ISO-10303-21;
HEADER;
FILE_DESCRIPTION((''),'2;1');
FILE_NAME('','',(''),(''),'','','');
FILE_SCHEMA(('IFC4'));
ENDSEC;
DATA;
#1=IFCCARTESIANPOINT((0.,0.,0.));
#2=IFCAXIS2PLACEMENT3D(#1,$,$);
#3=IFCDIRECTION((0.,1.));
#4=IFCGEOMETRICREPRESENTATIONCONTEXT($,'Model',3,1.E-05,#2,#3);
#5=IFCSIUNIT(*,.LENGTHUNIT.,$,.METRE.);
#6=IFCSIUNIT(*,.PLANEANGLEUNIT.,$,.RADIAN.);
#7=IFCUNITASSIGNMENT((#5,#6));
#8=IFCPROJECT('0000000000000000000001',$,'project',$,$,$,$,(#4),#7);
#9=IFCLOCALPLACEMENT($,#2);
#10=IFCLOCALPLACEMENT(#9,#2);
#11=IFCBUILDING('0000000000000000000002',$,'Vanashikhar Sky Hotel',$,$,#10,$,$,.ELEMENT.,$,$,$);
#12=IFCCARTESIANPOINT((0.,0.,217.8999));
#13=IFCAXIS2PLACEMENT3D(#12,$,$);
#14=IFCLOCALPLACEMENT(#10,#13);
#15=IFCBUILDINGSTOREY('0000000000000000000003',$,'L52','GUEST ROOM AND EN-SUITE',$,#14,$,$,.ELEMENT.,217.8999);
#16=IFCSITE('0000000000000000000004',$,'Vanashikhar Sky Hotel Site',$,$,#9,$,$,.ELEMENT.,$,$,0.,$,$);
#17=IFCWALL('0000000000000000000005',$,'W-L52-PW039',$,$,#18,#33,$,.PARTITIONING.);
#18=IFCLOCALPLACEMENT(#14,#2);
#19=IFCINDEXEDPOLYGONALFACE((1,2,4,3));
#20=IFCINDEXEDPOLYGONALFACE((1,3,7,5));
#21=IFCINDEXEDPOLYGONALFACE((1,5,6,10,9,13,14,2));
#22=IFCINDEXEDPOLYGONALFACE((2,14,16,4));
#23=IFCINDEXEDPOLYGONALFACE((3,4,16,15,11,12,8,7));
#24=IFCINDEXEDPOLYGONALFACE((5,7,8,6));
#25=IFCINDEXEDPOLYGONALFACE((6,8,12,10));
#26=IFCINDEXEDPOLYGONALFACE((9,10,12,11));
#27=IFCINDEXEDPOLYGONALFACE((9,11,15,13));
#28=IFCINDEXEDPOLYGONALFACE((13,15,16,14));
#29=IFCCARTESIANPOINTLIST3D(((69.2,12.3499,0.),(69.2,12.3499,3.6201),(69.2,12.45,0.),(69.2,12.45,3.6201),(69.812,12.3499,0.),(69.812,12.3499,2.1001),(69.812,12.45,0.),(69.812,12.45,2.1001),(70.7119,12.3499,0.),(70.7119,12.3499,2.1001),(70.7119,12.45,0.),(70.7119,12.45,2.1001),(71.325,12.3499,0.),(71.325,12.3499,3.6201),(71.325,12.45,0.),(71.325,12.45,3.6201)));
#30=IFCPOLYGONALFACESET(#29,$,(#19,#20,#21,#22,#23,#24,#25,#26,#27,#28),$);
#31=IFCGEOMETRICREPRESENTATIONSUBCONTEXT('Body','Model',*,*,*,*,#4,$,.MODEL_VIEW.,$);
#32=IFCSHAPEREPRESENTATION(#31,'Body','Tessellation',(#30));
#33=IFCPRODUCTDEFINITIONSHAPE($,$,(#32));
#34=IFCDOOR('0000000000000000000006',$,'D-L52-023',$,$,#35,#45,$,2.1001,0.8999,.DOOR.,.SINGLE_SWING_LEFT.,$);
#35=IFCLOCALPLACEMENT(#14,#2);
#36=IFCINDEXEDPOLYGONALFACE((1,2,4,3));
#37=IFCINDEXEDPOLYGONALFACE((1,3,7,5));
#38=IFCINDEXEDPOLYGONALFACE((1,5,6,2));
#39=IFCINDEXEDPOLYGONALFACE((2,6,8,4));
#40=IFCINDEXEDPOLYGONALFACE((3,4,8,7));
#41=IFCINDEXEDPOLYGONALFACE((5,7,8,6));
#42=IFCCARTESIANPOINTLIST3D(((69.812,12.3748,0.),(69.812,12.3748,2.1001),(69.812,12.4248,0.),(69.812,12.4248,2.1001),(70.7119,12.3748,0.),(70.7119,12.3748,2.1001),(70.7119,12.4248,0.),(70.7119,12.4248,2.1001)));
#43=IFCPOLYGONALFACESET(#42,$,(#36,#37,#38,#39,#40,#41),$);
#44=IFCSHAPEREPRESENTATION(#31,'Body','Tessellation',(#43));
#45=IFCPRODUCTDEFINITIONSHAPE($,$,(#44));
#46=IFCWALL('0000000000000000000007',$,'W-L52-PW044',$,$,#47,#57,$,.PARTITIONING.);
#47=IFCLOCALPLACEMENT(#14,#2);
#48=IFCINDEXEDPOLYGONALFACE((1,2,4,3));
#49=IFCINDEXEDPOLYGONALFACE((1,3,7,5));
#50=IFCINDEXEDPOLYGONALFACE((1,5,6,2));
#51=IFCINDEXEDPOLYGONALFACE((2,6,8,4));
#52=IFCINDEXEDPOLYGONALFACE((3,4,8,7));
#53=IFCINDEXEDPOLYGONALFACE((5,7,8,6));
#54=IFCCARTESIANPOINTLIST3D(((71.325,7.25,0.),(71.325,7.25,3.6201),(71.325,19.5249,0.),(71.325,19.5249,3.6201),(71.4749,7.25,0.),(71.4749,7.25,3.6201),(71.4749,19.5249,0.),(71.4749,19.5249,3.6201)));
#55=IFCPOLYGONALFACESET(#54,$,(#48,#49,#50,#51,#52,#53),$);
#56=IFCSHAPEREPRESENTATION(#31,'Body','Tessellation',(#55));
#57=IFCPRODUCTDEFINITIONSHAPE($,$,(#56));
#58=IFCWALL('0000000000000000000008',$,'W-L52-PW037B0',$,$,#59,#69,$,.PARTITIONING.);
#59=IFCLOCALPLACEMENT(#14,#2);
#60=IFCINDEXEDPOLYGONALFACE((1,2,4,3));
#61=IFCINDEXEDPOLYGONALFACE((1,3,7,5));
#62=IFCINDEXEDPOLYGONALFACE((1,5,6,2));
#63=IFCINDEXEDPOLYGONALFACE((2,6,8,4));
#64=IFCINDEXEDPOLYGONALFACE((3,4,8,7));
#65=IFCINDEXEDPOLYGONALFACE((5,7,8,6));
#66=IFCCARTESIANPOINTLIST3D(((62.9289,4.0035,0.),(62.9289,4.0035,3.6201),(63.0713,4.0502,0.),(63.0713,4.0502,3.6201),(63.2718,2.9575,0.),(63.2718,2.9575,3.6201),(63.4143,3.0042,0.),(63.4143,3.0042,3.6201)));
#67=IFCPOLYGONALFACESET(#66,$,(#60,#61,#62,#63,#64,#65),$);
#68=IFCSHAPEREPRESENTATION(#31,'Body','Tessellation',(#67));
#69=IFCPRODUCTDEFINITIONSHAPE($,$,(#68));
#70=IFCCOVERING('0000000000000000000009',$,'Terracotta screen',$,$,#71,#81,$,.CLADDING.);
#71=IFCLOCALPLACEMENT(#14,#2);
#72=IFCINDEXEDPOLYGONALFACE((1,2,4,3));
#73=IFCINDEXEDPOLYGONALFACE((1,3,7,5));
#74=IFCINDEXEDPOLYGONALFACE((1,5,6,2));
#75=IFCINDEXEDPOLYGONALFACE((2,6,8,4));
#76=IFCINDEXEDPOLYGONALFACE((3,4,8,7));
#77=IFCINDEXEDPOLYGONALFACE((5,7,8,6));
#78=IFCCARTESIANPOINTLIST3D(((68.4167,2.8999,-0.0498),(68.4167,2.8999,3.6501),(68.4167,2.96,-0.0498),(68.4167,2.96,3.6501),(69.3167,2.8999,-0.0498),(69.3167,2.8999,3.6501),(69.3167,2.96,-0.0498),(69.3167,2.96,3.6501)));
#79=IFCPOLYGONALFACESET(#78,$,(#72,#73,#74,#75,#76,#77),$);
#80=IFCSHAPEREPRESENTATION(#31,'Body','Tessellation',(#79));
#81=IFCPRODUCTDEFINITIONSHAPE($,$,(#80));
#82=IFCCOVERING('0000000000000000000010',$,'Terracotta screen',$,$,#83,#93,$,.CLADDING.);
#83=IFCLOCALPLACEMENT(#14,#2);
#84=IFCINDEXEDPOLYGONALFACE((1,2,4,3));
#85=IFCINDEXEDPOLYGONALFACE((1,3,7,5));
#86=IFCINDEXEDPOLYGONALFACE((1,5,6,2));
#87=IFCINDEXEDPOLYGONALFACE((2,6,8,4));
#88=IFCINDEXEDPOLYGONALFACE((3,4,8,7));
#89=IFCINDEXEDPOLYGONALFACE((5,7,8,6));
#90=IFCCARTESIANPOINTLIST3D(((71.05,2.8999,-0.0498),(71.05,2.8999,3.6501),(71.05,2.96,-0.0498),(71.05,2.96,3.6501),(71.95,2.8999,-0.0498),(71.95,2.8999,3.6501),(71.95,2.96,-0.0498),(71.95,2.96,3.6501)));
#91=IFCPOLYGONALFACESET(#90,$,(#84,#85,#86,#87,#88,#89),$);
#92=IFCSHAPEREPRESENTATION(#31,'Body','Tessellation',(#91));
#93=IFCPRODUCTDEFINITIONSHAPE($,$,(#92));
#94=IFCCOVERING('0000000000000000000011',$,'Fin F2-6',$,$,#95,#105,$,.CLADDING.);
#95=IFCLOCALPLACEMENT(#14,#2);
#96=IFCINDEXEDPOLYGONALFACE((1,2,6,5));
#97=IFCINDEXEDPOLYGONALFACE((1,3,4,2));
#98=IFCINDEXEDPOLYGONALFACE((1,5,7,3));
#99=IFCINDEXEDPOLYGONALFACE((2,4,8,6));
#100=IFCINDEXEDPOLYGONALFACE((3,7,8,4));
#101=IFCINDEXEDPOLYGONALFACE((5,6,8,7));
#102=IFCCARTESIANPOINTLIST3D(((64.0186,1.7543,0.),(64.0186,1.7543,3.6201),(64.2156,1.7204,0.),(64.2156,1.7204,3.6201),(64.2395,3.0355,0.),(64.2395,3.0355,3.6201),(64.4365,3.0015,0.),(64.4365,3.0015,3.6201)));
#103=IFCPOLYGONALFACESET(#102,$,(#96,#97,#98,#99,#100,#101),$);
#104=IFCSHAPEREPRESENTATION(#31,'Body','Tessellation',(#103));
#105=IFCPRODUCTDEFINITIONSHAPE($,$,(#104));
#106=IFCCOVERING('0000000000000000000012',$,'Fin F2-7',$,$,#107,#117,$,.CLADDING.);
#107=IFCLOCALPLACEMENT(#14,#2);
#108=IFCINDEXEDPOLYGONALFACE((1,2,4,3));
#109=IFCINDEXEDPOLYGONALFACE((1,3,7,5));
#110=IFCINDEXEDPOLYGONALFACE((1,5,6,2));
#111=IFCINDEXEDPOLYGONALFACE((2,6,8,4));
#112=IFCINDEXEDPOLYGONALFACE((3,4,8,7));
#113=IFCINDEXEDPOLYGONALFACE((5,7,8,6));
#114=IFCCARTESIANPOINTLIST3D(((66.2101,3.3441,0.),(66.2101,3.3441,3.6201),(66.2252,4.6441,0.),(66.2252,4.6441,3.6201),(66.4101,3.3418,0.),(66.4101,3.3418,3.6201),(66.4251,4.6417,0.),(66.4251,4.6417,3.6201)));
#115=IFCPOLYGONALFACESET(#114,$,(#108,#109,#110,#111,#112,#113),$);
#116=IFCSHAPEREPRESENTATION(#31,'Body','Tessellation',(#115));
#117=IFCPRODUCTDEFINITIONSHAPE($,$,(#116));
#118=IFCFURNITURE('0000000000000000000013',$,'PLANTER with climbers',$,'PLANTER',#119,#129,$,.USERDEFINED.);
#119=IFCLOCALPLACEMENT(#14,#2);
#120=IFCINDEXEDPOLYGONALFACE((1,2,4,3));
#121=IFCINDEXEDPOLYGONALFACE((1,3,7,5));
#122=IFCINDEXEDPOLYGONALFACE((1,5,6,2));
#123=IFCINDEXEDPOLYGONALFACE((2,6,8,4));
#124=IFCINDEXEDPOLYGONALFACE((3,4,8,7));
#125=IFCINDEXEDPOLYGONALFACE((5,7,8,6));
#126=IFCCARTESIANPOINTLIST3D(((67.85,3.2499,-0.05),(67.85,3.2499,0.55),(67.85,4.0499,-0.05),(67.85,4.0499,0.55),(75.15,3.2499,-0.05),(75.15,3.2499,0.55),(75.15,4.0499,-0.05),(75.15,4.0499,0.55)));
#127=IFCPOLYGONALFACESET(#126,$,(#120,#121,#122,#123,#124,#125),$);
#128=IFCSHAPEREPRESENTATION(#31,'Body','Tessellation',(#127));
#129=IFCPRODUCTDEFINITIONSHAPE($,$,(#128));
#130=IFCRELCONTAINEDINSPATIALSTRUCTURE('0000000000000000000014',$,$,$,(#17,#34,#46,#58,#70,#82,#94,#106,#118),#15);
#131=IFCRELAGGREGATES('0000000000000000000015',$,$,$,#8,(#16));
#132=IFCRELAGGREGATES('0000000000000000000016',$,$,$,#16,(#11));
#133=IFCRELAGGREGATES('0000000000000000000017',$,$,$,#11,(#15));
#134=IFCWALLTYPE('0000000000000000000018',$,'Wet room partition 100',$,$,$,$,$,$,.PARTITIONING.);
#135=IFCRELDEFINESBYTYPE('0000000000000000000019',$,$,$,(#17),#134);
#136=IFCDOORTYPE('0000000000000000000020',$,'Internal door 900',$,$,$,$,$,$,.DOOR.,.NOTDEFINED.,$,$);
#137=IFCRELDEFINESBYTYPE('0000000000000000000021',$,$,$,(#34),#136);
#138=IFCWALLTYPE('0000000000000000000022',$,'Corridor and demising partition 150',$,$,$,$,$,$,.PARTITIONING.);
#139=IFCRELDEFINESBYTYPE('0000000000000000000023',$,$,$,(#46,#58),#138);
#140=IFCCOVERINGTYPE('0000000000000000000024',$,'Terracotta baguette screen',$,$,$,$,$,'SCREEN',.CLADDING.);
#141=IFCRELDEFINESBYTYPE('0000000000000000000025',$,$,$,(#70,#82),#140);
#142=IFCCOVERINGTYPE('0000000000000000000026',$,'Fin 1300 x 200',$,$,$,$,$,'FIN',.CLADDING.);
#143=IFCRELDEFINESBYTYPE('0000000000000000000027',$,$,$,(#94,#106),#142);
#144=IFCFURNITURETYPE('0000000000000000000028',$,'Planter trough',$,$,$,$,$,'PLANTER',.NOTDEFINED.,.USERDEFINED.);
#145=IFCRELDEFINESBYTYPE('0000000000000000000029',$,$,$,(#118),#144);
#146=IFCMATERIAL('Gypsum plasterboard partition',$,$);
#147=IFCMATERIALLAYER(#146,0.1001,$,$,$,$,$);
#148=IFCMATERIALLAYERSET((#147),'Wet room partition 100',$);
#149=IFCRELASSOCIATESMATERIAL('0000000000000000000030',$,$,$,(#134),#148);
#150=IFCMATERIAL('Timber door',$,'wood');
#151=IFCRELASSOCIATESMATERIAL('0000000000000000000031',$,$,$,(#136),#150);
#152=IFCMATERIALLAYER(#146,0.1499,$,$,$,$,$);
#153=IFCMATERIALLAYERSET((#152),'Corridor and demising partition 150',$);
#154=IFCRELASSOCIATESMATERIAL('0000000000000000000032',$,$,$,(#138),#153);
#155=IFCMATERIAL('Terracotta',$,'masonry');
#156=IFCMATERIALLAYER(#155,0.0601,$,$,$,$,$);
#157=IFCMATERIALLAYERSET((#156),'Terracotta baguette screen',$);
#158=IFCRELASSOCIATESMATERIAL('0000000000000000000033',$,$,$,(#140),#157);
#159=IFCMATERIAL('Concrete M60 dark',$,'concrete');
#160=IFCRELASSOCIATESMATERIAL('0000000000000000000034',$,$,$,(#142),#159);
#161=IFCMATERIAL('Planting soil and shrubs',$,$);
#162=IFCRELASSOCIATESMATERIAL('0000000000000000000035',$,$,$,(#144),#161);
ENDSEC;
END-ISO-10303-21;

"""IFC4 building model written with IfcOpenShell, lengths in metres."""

from ifc_helpers import new_model, si_unit, direction, frame, frame_2d, origin, origin_2d, place, context, subcontext, project, spatial, rectangle, extrude, source, transform, mapped, material, layer, layer_set, material_profile, profile_set, type_object, element, fill, save


model = new_model("IFC4")

# Units and contexts
model_context = context("Model", 3, precision=1e-05, world=origin(), true_north=direction((0.0, 1.0)))
body_context = subcontext(model_context, "Body", "Model", "MODEL_VIEW")
ifc_project = project(units=[si_unit("LENGTHUNIT", "METRE"), si_unit("PLANEANGLEUNIT", "RADIAN")], contexts=[model_context])

# Site, building, storey
site_placement = place(None, origin())
site = spatial("IfcSite", under=ifc_project, at=site_placement, Name="Vanashikhar Sky Hotel Site", CompositionType="ELEMENT", RefElevation=0.0)
building_placement = place(site_placement, origin())
building = spatial("IfcBuilding", under=site, at=building_placement, Name="Vanashikhar Sky Hotel", CompositionType="ELEMENT")
storey_placement = place(building_placement, frame((0.0, 0.0, 217.8999)))
storey = spatial("IfcBuildingStorey", under=building, at=storey_placement, Name="L52", Description="GUEST ROOM AND EN-SUITE", CompositionType="ELEMENT", Elevation=217.8999)

# Shared definitions
ifc_material_1 = material(Name="Gypsum plasterboard partition")
ifc_layer_1 = layer(ifc_material_1, 0.1001)
ifc_layer_set_1 = layer_set([ifc_layer_1], Name="Wet room partition 100")
wall_type_1 = type_object("IfcWallType", Name="Wet room partition 100", PredefinedType="PARTITIONING", material=ifc_layer_set_1)

# Wall, opening, door
shared_shape_1 = source(origin(), body_context, "Body", "SweptSolid", [
    extrude(rectangle(XDim=2.125, YDim=0.1001, at=frame_2d((1.0625, 0.0))), origin(), (0.0, 0.0, 1.0), 3.6201),
])
shared_shape_2 = source(origin(), body_context, "Body", "SweptSolid", [
    extrude(rectangle(XDim=0.8999, YDim=2.1001, at=frame_2d((0.45, 1.05))), frame((0.0, 0.0601, 0.0), z_axis=(0.0, -1.0, 0.0), x_axis=(1.0, 0.0, 0.0)), (0.0, 0.0, 1.0), 0.1201),
])
ifc_material_2 = material(Name="Timber door", Category="wood")
door_type_1 = type_object("IfcDoorType", Name="Internal door 900", OperationType="NOTDEFINED", PredefinedType="DOOR", material=ifc_material_2)
shared_shape_3 = source(origin(), body_context, "Body", "SweptSolid", [
    extrude(rectangle(XDim=0.8999, YDim=2.1001, at=frame_2d((0.45, 1.05))), frame((0.0, 0.0249, 0.0), z_axis=(0.0, -1.0, 0.0), x_axis=(1.0, 0.0, 0.0)), (0.0, 0.0, 1.0), 0.05),
])
wall_1_placement = place(storey_placement, frame((69.2, 12.3999, 0.0), z_axis=(0.0, 0.0, 1.0), x_axis=(1.0, 0.0, 0.0)))
wall_1 = element("IfcWall", 1, at=wall_1_placement, inside=storey, type_object=wall_type_1, Name="W-L52-PW039", PredefinedType="PARTITIONING", context=body_context, shape_type="MappedRepresentation", body=[
    mapped(shared_shape_1, transform((0.0, 0.0, 0.0), scale=1.0)),
])
opening_1_placement = place(wall_1_placement, frame((0.6121, 0.0, 0.0)))
opening_1 = element("IfcOpeningElement", 2, at=opening_1_placement, cuts=wall_1, PredefinedType="OPENING", context=body_context, shape_type="MappedRepresentation", body=[
    mapped(shared_shape_2, transform((0.0, 0.0, 0.0), scale=1.0)),
])
door_1_placement = place(opening_1_placement, origin())
door_1 = element("IfcDoor", 3, at=door_1_placement, inside=storey, type_object=door_type_1, Name="D-L52-023", OperationType="SINGLE_SWING_LEFT", OverallHeight=2.1001, OverallWidth=0.8999, PredefinedType="DOOR", context=body_context, shape_type="MappedRepresentation", body=[
    mapped(shared_shape_3, transform((0.0, 0.0, 0.0), scale=1.0)),
])
fill(opening_1, door_1)

# Walls
ifc_layer_2 = layer(ifc_material_1, 0.1499)
ifc_layer_set_2 = layer_set([ifc_layer_2], Name="Corridor and demising partition 150")
wall_type_2 = type_object("IfcWallType", Name="Corridor and demising partition 150", PredefinedType="PARTITIONING", material=ifc_layer_set_2)
shared_shape_4 = source(origin(), body_context, "Body", "SweptSolid", [
    extrude(rectangle(XDim=12.2749, YDim=0.1499, at=frame_2d((6.1375, 0.0))), origin(), (0.0, 0.0, 1.0), 3.6201),
])
wall_2_placement = place(storey_placement, frame((71.3999, 7.25, 0.0), z_axis=(0.0, 0.0, 1.0), x_axis=(0.0, 1.0, 0.0)))
element("IfcWall", 4, at=wall_2_placement, inside=storey, type_object=wall_type_2, Name="W-L52-PW044", PredefinedType="PARTITIONING", context=body_context, shape_type="MappedRepresentation", body=[
    mapped(shared_shape_4, transform((0.0, 0.0, 0.0), scale=1.0)),
])
shared_shape_5 = source(origin(), body_context, "Body", "SweptSolid", [
    extrude(rectangle(XDim=1.1008, YDim=0.1499, at=frame_2d((0.5503, 0.0))), origin(), (0.0, 0.0, 1.0), 3.6201),
])
wall_3_placement = place(storey_placement, frame((63.343, 2.981, 0.0), z_axis=(0.0, 0.0, 1.0), x_axis=(-0.311567, 0.950224, 0.0)))
element("IfcWall", 5, at=wall_3_placement, inside=storey, type_object=wall_type_2, Name="W-L52-PW037B0", PredefinedType="PARTITIONING", context=body_context, shape_type="MappedRepresentation", body=[
    mapped(shared_shape_5, transform((0.0, 0.0, 0.0), scale=1.0)),
])

# Coverings
ifc_material_3 = material(Name="Terracotta", Category="masonry")
ifc_layer_3 = layer(ifc_material_3, 0.0601)
ifc_layer_set_3 = layer_set([ifc_layer_3], Name="Terracotta baguette screen")
covering_type_1 = type_object("IfcCoveringType", Name="Terracotta baguette screen", ElementType="SCREEN", PredefinedType="CLADDING", material=ifc_layer_set_3)
shared_shape_6 = source(origin(), body_context, "Body", "SweptSolid", [
    extrude(rectangle(XDim=0.8999, YDim=0.0601, at=origin_2d()), origin(), (0.0, 0.0, 1.0), 3.7),
])
for number, where, z_axis, x_axis, name in (
    (6, (68.8667, 2.9299, -0.0498), (0.0, 0.0, 1.0), (1.0, 0.0, 0.0), "Terracotta screen"),
    (7, (71.5, 2.9299, -0.0498), (0.0, 0.0, 1.0), (1.0, 0.0, 0.0), "Terracotta screen"),
):
    element("IfcCovering", number, at=place(storey_placement, frame(where, z_axis=z_axis, x_axis=x_axis)), inside=storey, type_object=covering_type_1, Name=name, PredefinedType="CLADDING", context=body_context, shape_type="MappedRepresentation", body=[
        mapped(shared_shape_6, transform((0.0, 0.0, 0.0), scale=1.0)),
    ])
ifc_material_4 = material(Name="Concrete M60 dark", Category="concrete")
ifc_material_profile_1 = material_profile(ifc_material_4, rectangle(XDim=1.3, YDim=0.2, at=origin_2d()))
ifc_profile_set_1 = profile_set([ifc_material_profile_1], Name="Fin 1300 x 200")
covering_type_2 = type_object("IfcCoveringType", Name="Fin 1300 x 200", ElementType="FIN", PredefinedType="CLADDING", material=ifc_profile_set_1)
shared_shape_7 = source(origin(), body_context, "Body", "SweptSolid", [
    extrude(rectangle(XDim=1.3, YDim=0.2, at=origin_2d()), origin(), (0.0, 0.0, 1.0), 3.6201),
])
for number, where, z_axis, x_axis, name in (
    (8, (64.2275, 2.3779, 0.0), (0.0, 0.0, 1.0), (-0.1699, -0.985461, 0.0), "Fin F2-6"),
    (9, (66.3176, 3.9929, 0.0), (0.0, 0.0, 1.0), (-0.011589, -0.999933, 0.0), "Fin F2-7"),
):
    element("IfcCovering", number, at=place(storey_placement, frame(where, z_axis=z_axis, x_axis=x_axis)), inside=storey, type_object=covering_type_2, Name=name, PredefinedType="CLADDING", context=body_context, shape_type="MappedRepresentation", body=[
        mapped(shared_shape_7, transform((0.0, 0.0, 0.0), scale=1.0)),
    ])

# Furniture
ifc_material_5 = material(Name="Planting soil and shrubs")
furniture_type = type_object("IfcFurnitureType", Name="Planter trough", ElementType="PLANTER", AssemblyPlace="NOTDEFINED", PredefinedType="USERDEFINED", material=ifc_material_5)
shared_shape_8 = source(origin(), body_context, "Body", "SweptSolid", [
    extrude(rectangle(XDim=7.3, YDim=0.8, at=origin_2d()), origin(), (0.0, 0.0, 1.0), 0.6001),
])
furniture_placement = place(storey_placement, frame((71.5, 3.6499, -0.05), z_axis=(0.0, 0.0, 1.0), x_axis=(1.0, 0.0, 0.0)))
element("IfcFurniture", 10, at=furniture_placement, inside=storey, type_object=furniture_type, Name="PLANTER with climbers", ObjectType="PLANTER", PredefinedType="USERDEFINED", context=body_context, shape_type="MappedRepresentation", body=[
    mapped(shared_shape_8, transform((0.0, 0.0, 0.0), scale=1.0)),
])

save(model, "model.ifc")
